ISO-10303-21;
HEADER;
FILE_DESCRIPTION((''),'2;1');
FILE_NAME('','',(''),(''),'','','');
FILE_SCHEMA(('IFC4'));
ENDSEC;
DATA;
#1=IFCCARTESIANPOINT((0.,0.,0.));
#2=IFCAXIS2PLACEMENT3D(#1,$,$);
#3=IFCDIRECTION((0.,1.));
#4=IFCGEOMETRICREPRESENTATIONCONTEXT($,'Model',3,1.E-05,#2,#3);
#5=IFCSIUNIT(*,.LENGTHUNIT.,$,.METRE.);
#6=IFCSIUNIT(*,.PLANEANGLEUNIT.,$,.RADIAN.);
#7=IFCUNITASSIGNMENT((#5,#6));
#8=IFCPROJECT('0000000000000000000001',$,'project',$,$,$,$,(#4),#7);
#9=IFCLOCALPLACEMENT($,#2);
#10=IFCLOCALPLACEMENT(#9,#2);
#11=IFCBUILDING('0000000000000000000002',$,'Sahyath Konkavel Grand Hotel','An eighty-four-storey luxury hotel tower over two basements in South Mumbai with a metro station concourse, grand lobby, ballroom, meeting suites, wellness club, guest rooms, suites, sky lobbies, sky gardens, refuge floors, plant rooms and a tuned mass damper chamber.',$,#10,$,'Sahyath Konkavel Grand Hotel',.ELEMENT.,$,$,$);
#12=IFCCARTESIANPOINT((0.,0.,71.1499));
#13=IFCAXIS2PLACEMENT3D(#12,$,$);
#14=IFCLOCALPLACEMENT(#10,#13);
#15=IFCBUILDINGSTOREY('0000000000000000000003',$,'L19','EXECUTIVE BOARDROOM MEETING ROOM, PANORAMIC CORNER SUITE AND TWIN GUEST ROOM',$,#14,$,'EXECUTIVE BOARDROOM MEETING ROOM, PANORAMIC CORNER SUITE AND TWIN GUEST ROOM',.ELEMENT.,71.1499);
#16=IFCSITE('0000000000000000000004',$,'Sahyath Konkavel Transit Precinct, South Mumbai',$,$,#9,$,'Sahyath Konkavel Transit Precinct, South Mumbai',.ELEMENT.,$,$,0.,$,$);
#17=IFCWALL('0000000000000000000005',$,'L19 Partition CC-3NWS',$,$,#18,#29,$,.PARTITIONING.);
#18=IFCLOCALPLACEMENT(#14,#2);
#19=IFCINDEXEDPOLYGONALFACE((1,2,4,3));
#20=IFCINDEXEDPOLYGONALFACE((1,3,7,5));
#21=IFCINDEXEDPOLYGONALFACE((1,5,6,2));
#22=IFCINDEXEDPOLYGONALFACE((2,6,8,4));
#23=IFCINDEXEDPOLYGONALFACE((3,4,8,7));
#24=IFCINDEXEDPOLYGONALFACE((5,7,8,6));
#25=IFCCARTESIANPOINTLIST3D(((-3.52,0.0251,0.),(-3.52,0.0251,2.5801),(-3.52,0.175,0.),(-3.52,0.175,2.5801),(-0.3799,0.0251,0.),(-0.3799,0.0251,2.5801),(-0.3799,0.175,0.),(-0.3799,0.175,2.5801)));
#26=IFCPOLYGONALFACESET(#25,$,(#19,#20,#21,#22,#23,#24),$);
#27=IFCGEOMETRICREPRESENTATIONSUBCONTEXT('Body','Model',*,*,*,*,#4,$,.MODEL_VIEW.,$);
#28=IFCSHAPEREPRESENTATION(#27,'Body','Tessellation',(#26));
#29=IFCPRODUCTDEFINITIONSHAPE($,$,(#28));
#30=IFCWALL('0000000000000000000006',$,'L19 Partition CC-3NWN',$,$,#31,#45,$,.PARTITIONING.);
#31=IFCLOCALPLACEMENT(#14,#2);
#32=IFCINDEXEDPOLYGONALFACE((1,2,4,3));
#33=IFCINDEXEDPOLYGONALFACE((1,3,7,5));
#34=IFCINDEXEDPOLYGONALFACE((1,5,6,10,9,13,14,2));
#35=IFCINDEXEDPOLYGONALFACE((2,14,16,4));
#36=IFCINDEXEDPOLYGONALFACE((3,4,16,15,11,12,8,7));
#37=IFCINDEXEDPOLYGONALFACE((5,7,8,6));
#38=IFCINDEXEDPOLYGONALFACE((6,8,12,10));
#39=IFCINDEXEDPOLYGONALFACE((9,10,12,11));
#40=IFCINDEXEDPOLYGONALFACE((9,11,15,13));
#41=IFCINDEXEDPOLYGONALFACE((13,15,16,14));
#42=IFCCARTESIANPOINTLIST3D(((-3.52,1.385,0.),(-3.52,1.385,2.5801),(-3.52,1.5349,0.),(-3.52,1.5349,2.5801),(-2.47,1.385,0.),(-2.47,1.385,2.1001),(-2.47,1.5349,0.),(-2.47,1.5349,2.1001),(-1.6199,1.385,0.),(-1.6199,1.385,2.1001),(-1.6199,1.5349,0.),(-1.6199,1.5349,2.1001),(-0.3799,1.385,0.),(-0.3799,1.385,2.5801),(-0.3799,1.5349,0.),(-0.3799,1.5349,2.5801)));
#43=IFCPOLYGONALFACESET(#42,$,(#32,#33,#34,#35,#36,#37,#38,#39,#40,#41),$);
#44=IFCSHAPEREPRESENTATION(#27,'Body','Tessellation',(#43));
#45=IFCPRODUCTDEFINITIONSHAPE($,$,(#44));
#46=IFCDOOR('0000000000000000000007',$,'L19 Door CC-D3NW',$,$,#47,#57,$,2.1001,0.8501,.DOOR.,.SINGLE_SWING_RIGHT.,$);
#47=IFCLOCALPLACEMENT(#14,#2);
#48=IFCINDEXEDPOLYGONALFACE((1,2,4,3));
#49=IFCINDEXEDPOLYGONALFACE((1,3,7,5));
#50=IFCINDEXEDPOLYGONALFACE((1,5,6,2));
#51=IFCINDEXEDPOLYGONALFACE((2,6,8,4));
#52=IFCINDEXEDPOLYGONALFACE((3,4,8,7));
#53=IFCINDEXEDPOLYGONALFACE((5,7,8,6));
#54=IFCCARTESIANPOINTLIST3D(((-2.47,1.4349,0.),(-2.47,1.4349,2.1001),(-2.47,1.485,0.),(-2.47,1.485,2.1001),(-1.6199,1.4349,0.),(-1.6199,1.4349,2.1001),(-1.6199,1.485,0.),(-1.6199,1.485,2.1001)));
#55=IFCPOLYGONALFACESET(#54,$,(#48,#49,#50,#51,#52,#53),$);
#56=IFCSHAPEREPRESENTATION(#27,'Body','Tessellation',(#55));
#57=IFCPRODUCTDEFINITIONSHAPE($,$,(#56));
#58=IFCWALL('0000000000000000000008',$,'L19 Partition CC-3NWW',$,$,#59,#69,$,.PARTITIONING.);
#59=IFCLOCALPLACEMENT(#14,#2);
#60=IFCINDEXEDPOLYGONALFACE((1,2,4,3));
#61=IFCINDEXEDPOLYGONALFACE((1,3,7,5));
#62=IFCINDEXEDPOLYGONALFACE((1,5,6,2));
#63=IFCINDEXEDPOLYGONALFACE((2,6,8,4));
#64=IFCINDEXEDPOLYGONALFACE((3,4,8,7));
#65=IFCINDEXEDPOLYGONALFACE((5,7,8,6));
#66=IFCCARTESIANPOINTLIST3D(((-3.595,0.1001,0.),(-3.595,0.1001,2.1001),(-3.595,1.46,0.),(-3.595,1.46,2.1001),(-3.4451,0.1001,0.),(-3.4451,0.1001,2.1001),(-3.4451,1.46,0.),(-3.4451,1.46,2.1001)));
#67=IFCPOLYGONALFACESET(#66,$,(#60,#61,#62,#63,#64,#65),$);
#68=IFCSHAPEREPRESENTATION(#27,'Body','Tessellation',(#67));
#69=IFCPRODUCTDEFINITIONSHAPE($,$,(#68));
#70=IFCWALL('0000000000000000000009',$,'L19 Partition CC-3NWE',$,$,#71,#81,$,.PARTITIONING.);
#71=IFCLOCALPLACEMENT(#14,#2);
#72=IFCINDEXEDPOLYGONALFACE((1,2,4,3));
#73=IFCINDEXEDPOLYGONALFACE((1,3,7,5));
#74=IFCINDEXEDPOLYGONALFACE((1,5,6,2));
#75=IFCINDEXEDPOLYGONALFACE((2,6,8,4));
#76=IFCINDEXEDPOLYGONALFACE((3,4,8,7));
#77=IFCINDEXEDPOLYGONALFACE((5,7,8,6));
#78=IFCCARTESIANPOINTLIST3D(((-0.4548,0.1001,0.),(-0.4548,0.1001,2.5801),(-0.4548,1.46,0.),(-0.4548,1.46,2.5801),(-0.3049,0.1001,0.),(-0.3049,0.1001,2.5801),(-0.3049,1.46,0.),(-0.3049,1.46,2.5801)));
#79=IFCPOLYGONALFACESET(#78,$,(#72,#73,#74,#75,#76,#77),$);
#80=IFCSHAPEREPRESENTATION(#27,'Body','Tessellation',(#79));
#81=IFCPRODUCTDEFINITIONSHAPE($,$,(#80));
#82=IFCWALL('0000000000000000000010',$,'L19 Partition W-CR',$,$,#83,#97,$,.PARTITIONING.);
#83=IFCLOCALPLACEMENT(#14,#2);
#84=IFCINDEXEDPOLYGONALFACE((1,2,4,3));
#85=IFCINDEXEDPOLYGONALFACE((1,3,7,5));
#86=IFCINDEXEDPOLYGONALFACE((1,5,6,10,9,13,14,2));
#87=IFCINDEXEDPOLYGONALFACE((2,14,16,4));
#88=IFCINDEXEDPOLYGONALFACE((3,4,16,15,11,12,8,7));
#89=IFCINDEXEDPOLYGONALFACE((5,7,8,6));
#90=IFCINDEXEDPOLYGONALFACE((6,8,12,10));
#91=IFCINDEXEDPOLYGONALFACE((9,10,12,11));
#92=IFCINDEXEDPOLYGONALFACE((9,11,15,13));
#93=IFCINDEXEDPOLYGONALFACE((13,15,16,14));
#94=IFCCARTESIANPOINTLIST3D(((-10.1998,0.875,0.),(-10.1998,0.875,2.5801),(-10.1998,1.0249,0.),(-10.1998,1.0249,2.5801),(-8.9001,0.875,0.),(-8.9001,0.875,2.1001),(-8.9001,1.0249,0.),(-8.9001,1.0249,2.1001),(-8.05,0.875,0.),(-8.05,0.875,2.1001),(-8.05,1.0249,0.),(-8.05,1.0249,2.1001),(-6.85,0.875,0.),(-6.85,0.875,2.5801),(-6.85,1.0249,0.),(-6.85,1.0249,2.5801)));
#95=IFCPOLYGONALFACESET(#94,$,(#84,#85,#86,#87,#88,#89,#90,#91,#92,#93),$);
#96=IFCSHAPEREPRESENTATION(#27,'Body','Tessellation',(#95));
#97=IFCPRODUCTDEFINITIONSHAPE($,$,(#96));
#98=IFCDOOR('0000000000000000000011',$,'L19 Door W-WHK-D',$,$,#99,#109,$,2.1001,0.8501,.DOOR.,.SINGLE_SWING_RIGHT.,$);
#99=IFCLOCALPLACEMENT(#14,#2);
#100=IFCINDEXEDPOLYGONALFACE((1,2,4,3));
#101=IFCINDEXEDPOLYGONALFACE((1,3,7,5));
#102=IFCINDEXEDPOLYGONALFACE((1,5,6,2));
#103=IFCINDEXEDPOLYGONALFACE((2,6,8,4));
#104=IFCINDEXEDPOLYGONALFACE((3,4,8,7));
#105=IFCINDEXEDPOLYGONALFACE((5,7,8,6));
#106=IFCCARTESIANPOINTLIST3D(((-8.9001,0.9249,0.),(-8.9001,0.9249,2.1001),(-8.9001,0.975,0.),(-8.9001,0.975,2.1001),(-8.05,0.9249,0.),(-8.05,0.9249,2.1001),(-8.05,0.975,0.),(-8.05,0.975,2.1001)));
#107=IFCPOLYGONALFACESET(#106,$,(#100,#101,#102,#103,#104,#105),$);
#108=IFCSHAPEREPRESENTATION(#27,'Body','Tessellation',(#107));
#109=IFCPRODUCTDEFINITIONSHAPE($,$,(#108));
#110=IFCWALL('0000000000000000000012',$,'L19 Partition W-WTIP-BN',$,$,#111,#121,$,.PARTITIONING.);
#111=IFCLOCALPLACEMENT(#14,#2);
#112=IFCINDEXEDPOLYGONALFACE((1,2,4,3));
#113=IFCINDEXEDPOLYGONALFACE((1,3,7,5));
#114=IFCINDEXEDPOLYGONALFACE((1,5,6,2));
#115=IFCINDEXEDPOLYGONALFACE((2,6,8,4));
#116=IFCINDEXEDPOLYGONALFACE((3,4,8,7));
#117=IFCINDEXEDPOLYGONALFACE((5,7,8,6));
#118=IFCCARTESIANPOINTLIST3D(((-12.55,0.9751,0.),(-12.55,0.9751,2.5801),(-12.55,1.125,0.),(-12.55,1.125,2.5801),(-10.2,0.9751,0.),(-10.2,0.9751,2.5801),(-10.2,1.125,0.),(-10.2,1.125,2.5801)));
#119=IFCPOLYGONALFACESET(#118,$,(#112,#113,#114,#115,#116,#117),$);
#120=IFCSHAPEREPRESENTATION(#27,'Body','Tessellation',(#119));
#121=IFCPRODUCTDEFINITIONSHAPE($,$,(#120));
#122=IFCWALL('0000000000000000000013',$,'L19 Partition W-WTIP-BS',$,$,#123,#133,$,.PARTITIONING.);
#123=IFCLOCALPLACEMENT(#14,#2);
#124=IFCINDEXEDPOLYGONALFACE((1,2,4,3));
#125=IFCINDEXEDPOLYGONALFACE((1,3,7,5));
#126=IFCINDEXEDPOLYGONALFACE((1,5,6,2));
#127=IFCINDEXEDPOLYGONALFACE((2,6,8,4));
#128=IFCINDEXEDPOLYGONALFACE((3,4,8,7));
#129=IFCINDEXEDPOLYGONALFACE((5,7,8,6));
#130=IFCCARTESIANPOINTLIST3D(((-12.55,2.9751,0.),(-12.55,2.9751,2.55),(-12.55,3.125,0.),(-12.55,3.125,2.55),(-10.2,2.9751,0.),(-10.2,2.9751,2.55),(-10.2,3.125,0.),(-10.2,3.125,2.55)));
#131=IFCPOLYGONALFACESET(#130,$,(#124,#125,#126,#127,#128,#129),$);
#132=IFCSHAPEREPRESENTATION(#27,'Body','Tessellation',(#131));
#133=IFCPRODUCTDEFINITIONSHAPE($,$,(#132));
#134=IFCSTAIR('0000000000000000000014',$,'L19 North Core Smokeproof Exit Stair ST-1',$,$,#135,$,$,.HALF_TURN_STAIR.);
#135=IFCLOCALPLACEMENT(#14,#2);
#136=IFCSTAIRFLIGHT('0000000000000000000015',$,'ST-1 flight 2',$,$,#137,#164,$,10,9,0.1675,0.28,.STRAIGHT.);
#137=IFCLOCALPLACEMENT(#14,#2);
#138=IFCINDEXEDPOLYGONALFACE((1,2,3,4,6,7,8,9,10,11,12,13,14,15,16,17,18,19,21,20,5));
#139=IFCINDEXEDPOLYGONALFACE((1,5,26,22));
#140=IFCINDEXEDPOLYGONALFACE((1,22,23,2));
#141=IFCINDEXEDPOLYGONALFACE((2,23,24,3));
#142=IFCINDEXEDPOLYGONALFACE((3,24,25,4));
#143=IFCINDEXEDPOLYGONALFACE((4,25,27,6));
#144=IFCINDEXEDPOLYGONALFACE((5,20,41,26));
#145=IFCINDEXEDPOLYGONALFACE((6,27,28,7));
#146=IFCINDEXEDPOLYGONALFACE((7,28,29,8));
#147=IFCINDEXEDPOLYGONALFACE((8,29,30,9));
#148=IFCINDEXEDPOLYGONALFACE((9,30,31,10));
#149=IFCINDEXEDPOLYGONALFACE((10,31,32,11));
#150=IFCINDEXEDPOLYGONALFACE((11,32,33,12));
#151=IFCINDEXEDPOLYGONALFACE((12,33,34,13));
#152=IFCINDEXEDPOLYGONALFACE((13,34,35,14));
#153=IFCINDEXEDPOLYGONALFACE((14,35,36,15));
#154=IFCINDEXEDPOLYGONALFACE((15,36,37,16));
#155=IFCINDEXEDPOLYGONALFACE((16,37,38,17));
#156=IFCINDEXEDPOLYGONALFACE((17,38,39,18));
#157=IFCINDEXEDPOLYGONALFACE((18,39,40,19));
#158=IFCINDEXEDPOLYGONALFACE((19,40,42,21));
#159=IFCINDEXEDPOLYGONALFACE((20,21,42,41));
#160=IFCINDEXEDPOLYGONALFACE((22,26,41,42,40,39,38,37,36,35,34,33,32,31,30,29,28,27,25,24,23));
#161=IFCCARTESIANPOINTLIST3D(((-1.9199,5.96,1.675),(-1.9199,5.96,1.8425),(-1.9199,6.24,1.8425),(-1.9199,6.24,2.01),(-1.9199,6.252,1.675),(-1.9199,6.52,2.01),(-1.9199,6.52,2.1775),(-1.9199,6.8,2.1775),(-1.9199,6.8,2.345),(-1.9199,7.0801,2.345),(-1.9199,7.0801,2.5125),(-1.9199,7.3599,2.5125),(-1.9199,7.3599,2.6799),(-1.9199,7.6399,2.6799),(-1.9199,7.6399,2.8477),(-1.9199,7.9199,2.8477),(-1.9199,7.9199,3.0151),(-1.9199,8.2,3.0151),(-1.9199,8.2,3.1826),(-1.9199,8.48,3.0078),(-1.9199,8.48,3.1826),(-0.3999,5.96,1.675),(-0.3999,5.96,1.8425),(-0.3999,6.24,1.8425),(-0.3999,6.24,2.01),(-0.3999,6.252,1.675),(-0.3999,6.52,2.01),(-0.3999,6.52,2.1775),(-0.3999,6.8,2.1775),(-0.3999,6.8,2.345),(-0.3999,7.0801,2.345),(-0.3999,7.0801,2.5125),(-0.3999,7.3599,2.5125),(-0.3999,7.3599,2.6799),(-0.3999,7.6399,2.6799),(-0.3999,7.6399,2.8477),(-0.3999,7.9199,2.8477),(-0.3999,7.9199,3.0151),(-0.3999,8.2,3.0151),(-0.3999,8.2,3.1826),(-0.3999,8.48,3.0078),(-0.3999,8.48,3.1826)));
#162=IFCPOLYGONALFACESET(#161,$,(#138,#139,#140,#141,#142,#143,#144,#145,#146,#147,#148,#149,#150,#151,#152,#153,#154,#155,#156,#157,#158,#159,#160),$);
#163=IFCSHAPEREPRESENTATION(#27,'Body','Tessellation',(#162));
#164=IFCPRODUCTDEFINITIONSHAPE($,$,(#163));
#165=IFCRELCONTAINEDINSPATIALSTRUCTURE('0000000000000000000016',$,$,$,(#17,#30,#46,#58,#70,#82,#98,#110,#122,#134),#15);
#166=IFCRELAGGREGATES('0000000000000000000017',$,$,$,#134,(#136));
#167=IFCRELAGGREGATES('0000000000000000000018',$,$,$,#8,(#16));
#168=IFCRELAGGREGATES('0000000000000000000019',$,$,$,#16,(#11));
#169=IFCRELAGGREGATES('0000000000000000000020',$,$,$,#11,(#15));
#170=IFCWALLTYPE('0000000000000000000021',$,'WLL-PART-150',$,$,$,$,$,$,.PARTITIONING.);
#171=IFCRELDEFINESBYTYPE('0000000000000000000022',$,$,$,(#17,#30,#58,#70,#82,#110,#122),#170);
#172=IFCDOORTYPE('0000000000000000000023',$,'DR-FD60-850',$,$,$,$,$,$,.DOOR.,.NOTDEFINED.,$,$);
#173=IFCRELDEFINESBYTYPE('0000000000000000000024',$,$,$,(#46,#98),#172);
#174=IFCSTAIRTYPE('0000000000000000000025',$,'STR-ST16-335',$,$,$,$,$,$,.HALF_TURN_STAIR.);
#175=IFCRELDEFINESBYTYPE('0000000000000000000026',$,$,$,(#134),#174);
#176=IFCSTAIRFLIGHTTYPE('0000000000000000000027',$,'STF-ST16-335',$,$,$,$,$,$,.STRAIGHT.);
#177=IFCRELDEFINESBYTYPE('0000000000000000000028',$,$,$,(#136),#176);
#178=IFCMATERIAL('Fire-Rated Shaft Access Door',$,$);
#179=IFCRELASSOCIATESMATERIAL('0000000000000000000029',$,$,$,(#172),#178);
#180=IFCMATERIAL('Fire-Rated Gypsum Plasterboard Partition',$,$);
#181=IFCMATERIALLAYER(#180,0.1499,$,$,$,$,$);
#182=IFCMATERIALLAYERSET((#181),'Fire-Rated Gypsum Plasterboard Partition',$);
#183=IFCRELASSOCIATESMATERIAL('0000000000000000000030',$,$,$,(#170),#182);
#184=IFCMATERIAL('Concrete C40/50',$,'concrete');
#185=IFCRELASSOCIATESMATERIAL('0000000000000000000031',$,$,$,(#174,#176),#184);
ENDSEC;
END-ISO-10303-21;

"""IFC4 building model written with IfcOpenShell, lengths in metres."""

from ifc_helpers import new_model, si_unit, direction, frame, frame_2d, origin, origin_2d, place, context, subcontext, project, spatial, polyline, rectangle, outline, extrude, source, transform, mapped, material, layer, layer_set, type_object, element, fill, aggregate, save


model = new_model("IFC4")

# Units and contexts
model_context = context("Model", 3, precision=1e-05, world=origin(), true_north=direction((0.0, 1.0)))
body_context = subcontext(model_context, "Body", "Model", "MODEL_VIEW")
ifc_project = project(units=[si_unit("LENGTHUNIT", "METRE"), si_unit("PLANEANGLEUNIT", "RADIAN")], contexts=[model_context])

# Site, building, storey
site_placement = place(None, origin())
site = spatial("IfcSite", under=ifc_project, at=site_placement, Name="Sahyath Konkavel Transit Precinct, South Mumbai", LongName="Sahyath Konkavel Transit Precinct, South Mumbai", CompositionType="ELEMENT", RefElevation=0.0)
building_placement = place(site_placement, origin())
building = spatial("IfcBuilding", under=site, at=building_placement, Name="Sahyath Konkavel Grand Hotel", Description="An eighty-four-storey luxury hotel tower over two basements in South Mumbai with a metro station concourse, grand lobby, ballroom, meeting suites, wellness club, guest rooms, suites, sky lobbies, sky gardens, refuge floors, plant rooms and a tuned mass damper chamber.", LongName="Sahyath Konkavel Grand Hotel", CompositionType="ELEMENT")
storey_placement = place(building_placement, frame((0.0, 0.0, 71.1499)))
storey = spatial("IfcBuildingStorey", under=building, at=storey_placement, Name="L19", Description="EXECUTIVE BOARDROOM MEETING ROOM, PANORAMIC CORNER SUITE AND TWIN GUEST ROOM", LongName="EXECUTIVE BOARDROOM MEETING ROOM, PANORAMIC CORNER SUITE AND TWIN GUEST ROOM", CompositionType="ELEMENT", Elevation=71.1499)

# Shared definitions
ifc_material_1 = material(Name="Concrete C40/50", Category="concrete")

# Shared definitions
ifc_material_2 = material(Name="Fire-Rated Shaft Access Door")
door_type = type_object("IfcDoorType", Name="DR-FD60-850", OperationType="NOTDEFINED", PredefinedType="DOOR", material=ifc_material_2)
shared_shape_1 = source(origin(), body_context, "Body", "SweptSolid", [
    extrude(rectangle(XDim=0.8501, YDim=0.05, at=origin_2d()), origin(), (0.0, 0.0, 1.0), 2.1001),
])

# Wall
ifc_material_3 = material(Name="Fire-Rated Gypsum Plasterboard Partition")
ifc_layer_1 = layer(ifc_material_3, 0.1499)
ifc_layer_set_1 = layer_set([ifc_layer_1], Name="Fire-Rated Gypsum Plasterboard Partition")
wall_type_1 = type_object("IfcWallType", Name="WLL-PART-150", PredefinedType="PARTITIONING", material=ifc_layer_set_1)
wall_1_placement = place(storey_placement, frame((-3.52, 0.1001, 0.0), z_axis=(0.0, 0.0, 1.0), x_axis=(1.0, 0.0, 0.0)))
element("IfcWall", 1, at=wall_1_placement, inside=storey, type_object=wall_type_1, Name="L19 Partition CC-3NWS", PredefinedType="PARTITIONING", context=body_context, shape_type="SweptSolid", body=[
    extrude(rectangle(XDim=3.1401, YDim=0.1499, at=frame_2d((1.5701, 0.0))), origin(), (0.0, 0.0, 1.0), 2.5801),
])

# Wall, opening, door
wall_2_placement = place(storey_placement, frame((-3.52, 1.46, 0.0), z_axis=(0.0, 0.0, 1.0), x_axis=(1.0, 0.0, 0.0)))
wall_2 = element("IfcWall", 2, at=wall_2_placement, inside=storey, type_object=wall_type_1, Name="L19 Partition CC-3NWN", PredefinedType="PARTITIONING", context=body_context, shape_type="SweptSolid", body=[
    extrude(rectangle(XDim=3.1401, YDim=0.1499, at=frame_2d((1.5701, 0.0))), origin(), (0.0, 0.0, 1.0), 2.5801),
])
opening_1_placement = place(wall_2_placement, frame((1.05, 0.0, 0.0)))
opening_1 = element("IfcOpeningElement", 3, at=opening_1_placement, cuts=wall_2, PredefinedType="OPENING", context=body_context, shape_type="SweptSolid", body=[
    extrude(rectangle(XDim=0.8501, YDim=2.1001, at=frame_2d((0.425, 1.05))), frame((0.0, 0.085, 0.0), z_axis=(0.0, -1.0, 0.0), x_axis=(1.0, 0.0, 0.0)), (0.0, 0.0, 1.0), 0.1699),
])
door_1_placement = place(opening_1_placement, frame((0.425, 0.0, 0.0)))
door_1 = element("IfcDoor", 4, at=door_1_placement, inside=storey, type_object=door_type, Name="L19 Door CC-D3NW", OperationType="SINGLE_SWING_RIGHT", OverallHeight=2.1001, OverallWidth=0.8501, PredefinedType="DOOR", context=body_context, shape_type="MappedRepresentation", body=[
    mapped(shared_shape_1, transform((0.0, 0.0, 0.0), scale=1.0)),
])
fill(opening_1, door_1)

# Walls
wall_3_placement = place(storey_placement, frame((-3.52, 0.1001, 0.0), z_axis=(0.0, 0.0, 1.0), x_axis=(0.0, 1.0, 0.0)))
element("IfcWall", 5, at=wall_3_placement, inside=storey, type_object=wall_type_1, Name="L19 Partition CC-3NWW", PredefinedType="PARTITIONING", context=body_context, shape_type="SweptSolid", body=[
    extrude(rectangle(XDim=1.3599, YDim=0.1499, at=frame_2d((0.6799, 0.0))), origin(), (0.0, 0.0, 1.0), 2.1001),
])
wall_4_placement = place(storey_placement, frame((-0.3799, 0.1001, 0.0), z_axis=(0.0, 0.0, 1.0), x_axis=(0.0, 1.0, 0.0)))
element("IfcWall", 6, at=wall_4_placement, inside=storey, type_object=wall_type_1, Name="L19 Partition CC-3NWE", PredefinedType="PARTITIONING", context=body_context, shape_type="SweptSolid", body=[
    extrude(rectangle(XDim=1.3599, YDim=0.1499, at=frame_2d((0.6799, 0.0))), origin(), (0.0, 0.0, 1.0), 2.5801),
])

# Wall, opening, door
wall_5_placement = place(storey_placement, frame((-6.8501, 0.95, 0.0), z_axis=(0.0, 0.0, 1.0), x_axis=(-1.0, 0.0, 0.0)))
wall_5 = element("IfcWall", 7, at=wall_5_placement, inside=storey, type_object=wall_type_1, Name="L19 Partition W-CR", PredefinedType="PARTITIONING", context=body_context, shape_type="SweptSolid", body=[
    extrude(rectangle(XDim=3.3499, YDim=0.1499, at=frame_2d((1.6748, 0.0))), origin(), (0.0, 0.0, 1.0), 2.5801),
])
opening_2_placement = place(wall_5_placement, frame((1.2, 0.0, 0.0)))
opening_2 = element("IfcOpeningElement", 8, at=opening_2_placement, cuts=wall_5, PredefinedType="OPENING", context=body_context, shape_type="SweptSolid", body=[
    extrude(rectangle(XDim=0.8501, YDim=2.1001, at=frame_2d((0.425, 1.05))), frame((0.0, 0.085, 0.0), z_axis=(0.0, -1.0, 0.0), x_axis=(1.0, 0.0, 0.0)), (0.0, 0.0, 1.0), 0.1699),
])
door_2_placement = place(opening_2_placement, frame((0.425, 0.0, 0.0)))
door_2 = element("IfcDoor", 9, at=door_2_placement, inside=storey, type_object=door_type, Name="L19 Door W-WHK-D", OperationType="SINGLE_SWING_RIGHT", OverallHeight=2.1001, OverallWidth=0.8501, PredefinedType="DOOR", context=body_context, shape_type="MappedRepresentation", body=[
    mapped(shared_shape_1, transform((0.0, 0.0, 0.0), scale=1.0)),
])
fill(opening_2, door_2)

# Walls
wall_6_placement = place(storey_placement, frame((-10.2, 1.05, 0.0), z_axis=(0.0, 0.0, 1.0), x_axis=(-1.0, 0.0, 0.0)))
element("IfcWall", 10, at=wall_6_placement, inside=storey, type_object=wall_type_1, Name="L19 Partition W-WTIP-BN", PredefinedType="PARTITIONING", context=body_context, shape_type="SweptSolid", body=[
    extrude(rectangle(XDim=2.3501, YDim=0.1499, at=frame_2d((1.175, 0.0))), origin(), (0.0, 0.0, 1.0), 2.5801),
])
wall_7_placement = place(storey_placement, frame((-10.2, 3.05, 0.0), z_axis=(0.0, 0.0, 1.0), x_axis=(-1.0, 0.0, 0.0)))
element("IfcWall", 11, at=wall_7_placement, inside=storey, type_object=wall_type_1, Name="L19 Partition W-WTIP-BS", PredefinedType="PARTITIONING", context=body_context, shape_type="SweptSolid", body=[
    extrude(rectangle(XDim=2.3501, YDim=0.1499, at=frame_2d((1.175, 0.0))), origin(), (0.0, 0.0, 1.0), 2.55),
])

# Stair, stair flight
stair_type = type_object("IfcStairType", Name="STR-ST16-335", PredefinedType="HALF_TURN_STAIR", material=ifc_material_1)
stair_placement = place(storey_placement, origin())
stair = element("IfcStair", 12, at=stair_placement, inside=storey, type_object=stair_type, Name="L19 North Core Smokeproof Exit Stair ST-1", PredefinedType="HALF_TURN_STAIR")
stair_flight_type = type_object("IfcStairFlightType", Name="STF-ST16-335", PredefinedType="STRAIGHT", material=ifc_material_1)
stair_flight_placement = place(storey_placement, frame((-1.1599, 5.96, 1.675), z_axis=(0.0, 0.0, 1.0), x_axis=(0.0, 1.0, 0.0)))
stair_flight = element("IfcStairFlight", 13, at=stair_flight_placement, type_object=stair_flight_type, Name="ST-1 flight 2", NumberOfRisers=10, NumberOfTreads=9, PredefinedType="STRAIGHT", RiserHeight=0.1675, TreadLength=0.28, context=body_context, shape_type="SweptSolid", body=[
    extrude(outline(polyline([(0.0, 0.0), (0.0, 0.1675), (0.28, 0.1675), (0.28, 0.335), (0.5601, 0.335), (0.5601, 0.5024), (0.8401, 0.5024), (0.8401, 0.6699), (1.1201, 0.6699), (1.1201, 0.8374), (1.3999, 0.8374), (1.3999, 1.0049), (1.6799, 1.0049), (1.6799, 1.1726), (1.96, 1.1726), (1.96, 1.3401), (2.24, 1.3401), (2.24, 1.5076), (2.52, 1.5076), (2.52, 1.675), (2.52, 1.3328), (0.292, 0.0), (0.0, 0.0)])), frame((0.0, 0.76, 0.0), z_axis=(0.0, -1.0, 0.0), x_axis=(1.0, 0.0, 0.0)), (0.0, 0.0, 1.0), 1.52),
])
aggregate(stair, [stair_flight])

save(model, "model.ifc")
